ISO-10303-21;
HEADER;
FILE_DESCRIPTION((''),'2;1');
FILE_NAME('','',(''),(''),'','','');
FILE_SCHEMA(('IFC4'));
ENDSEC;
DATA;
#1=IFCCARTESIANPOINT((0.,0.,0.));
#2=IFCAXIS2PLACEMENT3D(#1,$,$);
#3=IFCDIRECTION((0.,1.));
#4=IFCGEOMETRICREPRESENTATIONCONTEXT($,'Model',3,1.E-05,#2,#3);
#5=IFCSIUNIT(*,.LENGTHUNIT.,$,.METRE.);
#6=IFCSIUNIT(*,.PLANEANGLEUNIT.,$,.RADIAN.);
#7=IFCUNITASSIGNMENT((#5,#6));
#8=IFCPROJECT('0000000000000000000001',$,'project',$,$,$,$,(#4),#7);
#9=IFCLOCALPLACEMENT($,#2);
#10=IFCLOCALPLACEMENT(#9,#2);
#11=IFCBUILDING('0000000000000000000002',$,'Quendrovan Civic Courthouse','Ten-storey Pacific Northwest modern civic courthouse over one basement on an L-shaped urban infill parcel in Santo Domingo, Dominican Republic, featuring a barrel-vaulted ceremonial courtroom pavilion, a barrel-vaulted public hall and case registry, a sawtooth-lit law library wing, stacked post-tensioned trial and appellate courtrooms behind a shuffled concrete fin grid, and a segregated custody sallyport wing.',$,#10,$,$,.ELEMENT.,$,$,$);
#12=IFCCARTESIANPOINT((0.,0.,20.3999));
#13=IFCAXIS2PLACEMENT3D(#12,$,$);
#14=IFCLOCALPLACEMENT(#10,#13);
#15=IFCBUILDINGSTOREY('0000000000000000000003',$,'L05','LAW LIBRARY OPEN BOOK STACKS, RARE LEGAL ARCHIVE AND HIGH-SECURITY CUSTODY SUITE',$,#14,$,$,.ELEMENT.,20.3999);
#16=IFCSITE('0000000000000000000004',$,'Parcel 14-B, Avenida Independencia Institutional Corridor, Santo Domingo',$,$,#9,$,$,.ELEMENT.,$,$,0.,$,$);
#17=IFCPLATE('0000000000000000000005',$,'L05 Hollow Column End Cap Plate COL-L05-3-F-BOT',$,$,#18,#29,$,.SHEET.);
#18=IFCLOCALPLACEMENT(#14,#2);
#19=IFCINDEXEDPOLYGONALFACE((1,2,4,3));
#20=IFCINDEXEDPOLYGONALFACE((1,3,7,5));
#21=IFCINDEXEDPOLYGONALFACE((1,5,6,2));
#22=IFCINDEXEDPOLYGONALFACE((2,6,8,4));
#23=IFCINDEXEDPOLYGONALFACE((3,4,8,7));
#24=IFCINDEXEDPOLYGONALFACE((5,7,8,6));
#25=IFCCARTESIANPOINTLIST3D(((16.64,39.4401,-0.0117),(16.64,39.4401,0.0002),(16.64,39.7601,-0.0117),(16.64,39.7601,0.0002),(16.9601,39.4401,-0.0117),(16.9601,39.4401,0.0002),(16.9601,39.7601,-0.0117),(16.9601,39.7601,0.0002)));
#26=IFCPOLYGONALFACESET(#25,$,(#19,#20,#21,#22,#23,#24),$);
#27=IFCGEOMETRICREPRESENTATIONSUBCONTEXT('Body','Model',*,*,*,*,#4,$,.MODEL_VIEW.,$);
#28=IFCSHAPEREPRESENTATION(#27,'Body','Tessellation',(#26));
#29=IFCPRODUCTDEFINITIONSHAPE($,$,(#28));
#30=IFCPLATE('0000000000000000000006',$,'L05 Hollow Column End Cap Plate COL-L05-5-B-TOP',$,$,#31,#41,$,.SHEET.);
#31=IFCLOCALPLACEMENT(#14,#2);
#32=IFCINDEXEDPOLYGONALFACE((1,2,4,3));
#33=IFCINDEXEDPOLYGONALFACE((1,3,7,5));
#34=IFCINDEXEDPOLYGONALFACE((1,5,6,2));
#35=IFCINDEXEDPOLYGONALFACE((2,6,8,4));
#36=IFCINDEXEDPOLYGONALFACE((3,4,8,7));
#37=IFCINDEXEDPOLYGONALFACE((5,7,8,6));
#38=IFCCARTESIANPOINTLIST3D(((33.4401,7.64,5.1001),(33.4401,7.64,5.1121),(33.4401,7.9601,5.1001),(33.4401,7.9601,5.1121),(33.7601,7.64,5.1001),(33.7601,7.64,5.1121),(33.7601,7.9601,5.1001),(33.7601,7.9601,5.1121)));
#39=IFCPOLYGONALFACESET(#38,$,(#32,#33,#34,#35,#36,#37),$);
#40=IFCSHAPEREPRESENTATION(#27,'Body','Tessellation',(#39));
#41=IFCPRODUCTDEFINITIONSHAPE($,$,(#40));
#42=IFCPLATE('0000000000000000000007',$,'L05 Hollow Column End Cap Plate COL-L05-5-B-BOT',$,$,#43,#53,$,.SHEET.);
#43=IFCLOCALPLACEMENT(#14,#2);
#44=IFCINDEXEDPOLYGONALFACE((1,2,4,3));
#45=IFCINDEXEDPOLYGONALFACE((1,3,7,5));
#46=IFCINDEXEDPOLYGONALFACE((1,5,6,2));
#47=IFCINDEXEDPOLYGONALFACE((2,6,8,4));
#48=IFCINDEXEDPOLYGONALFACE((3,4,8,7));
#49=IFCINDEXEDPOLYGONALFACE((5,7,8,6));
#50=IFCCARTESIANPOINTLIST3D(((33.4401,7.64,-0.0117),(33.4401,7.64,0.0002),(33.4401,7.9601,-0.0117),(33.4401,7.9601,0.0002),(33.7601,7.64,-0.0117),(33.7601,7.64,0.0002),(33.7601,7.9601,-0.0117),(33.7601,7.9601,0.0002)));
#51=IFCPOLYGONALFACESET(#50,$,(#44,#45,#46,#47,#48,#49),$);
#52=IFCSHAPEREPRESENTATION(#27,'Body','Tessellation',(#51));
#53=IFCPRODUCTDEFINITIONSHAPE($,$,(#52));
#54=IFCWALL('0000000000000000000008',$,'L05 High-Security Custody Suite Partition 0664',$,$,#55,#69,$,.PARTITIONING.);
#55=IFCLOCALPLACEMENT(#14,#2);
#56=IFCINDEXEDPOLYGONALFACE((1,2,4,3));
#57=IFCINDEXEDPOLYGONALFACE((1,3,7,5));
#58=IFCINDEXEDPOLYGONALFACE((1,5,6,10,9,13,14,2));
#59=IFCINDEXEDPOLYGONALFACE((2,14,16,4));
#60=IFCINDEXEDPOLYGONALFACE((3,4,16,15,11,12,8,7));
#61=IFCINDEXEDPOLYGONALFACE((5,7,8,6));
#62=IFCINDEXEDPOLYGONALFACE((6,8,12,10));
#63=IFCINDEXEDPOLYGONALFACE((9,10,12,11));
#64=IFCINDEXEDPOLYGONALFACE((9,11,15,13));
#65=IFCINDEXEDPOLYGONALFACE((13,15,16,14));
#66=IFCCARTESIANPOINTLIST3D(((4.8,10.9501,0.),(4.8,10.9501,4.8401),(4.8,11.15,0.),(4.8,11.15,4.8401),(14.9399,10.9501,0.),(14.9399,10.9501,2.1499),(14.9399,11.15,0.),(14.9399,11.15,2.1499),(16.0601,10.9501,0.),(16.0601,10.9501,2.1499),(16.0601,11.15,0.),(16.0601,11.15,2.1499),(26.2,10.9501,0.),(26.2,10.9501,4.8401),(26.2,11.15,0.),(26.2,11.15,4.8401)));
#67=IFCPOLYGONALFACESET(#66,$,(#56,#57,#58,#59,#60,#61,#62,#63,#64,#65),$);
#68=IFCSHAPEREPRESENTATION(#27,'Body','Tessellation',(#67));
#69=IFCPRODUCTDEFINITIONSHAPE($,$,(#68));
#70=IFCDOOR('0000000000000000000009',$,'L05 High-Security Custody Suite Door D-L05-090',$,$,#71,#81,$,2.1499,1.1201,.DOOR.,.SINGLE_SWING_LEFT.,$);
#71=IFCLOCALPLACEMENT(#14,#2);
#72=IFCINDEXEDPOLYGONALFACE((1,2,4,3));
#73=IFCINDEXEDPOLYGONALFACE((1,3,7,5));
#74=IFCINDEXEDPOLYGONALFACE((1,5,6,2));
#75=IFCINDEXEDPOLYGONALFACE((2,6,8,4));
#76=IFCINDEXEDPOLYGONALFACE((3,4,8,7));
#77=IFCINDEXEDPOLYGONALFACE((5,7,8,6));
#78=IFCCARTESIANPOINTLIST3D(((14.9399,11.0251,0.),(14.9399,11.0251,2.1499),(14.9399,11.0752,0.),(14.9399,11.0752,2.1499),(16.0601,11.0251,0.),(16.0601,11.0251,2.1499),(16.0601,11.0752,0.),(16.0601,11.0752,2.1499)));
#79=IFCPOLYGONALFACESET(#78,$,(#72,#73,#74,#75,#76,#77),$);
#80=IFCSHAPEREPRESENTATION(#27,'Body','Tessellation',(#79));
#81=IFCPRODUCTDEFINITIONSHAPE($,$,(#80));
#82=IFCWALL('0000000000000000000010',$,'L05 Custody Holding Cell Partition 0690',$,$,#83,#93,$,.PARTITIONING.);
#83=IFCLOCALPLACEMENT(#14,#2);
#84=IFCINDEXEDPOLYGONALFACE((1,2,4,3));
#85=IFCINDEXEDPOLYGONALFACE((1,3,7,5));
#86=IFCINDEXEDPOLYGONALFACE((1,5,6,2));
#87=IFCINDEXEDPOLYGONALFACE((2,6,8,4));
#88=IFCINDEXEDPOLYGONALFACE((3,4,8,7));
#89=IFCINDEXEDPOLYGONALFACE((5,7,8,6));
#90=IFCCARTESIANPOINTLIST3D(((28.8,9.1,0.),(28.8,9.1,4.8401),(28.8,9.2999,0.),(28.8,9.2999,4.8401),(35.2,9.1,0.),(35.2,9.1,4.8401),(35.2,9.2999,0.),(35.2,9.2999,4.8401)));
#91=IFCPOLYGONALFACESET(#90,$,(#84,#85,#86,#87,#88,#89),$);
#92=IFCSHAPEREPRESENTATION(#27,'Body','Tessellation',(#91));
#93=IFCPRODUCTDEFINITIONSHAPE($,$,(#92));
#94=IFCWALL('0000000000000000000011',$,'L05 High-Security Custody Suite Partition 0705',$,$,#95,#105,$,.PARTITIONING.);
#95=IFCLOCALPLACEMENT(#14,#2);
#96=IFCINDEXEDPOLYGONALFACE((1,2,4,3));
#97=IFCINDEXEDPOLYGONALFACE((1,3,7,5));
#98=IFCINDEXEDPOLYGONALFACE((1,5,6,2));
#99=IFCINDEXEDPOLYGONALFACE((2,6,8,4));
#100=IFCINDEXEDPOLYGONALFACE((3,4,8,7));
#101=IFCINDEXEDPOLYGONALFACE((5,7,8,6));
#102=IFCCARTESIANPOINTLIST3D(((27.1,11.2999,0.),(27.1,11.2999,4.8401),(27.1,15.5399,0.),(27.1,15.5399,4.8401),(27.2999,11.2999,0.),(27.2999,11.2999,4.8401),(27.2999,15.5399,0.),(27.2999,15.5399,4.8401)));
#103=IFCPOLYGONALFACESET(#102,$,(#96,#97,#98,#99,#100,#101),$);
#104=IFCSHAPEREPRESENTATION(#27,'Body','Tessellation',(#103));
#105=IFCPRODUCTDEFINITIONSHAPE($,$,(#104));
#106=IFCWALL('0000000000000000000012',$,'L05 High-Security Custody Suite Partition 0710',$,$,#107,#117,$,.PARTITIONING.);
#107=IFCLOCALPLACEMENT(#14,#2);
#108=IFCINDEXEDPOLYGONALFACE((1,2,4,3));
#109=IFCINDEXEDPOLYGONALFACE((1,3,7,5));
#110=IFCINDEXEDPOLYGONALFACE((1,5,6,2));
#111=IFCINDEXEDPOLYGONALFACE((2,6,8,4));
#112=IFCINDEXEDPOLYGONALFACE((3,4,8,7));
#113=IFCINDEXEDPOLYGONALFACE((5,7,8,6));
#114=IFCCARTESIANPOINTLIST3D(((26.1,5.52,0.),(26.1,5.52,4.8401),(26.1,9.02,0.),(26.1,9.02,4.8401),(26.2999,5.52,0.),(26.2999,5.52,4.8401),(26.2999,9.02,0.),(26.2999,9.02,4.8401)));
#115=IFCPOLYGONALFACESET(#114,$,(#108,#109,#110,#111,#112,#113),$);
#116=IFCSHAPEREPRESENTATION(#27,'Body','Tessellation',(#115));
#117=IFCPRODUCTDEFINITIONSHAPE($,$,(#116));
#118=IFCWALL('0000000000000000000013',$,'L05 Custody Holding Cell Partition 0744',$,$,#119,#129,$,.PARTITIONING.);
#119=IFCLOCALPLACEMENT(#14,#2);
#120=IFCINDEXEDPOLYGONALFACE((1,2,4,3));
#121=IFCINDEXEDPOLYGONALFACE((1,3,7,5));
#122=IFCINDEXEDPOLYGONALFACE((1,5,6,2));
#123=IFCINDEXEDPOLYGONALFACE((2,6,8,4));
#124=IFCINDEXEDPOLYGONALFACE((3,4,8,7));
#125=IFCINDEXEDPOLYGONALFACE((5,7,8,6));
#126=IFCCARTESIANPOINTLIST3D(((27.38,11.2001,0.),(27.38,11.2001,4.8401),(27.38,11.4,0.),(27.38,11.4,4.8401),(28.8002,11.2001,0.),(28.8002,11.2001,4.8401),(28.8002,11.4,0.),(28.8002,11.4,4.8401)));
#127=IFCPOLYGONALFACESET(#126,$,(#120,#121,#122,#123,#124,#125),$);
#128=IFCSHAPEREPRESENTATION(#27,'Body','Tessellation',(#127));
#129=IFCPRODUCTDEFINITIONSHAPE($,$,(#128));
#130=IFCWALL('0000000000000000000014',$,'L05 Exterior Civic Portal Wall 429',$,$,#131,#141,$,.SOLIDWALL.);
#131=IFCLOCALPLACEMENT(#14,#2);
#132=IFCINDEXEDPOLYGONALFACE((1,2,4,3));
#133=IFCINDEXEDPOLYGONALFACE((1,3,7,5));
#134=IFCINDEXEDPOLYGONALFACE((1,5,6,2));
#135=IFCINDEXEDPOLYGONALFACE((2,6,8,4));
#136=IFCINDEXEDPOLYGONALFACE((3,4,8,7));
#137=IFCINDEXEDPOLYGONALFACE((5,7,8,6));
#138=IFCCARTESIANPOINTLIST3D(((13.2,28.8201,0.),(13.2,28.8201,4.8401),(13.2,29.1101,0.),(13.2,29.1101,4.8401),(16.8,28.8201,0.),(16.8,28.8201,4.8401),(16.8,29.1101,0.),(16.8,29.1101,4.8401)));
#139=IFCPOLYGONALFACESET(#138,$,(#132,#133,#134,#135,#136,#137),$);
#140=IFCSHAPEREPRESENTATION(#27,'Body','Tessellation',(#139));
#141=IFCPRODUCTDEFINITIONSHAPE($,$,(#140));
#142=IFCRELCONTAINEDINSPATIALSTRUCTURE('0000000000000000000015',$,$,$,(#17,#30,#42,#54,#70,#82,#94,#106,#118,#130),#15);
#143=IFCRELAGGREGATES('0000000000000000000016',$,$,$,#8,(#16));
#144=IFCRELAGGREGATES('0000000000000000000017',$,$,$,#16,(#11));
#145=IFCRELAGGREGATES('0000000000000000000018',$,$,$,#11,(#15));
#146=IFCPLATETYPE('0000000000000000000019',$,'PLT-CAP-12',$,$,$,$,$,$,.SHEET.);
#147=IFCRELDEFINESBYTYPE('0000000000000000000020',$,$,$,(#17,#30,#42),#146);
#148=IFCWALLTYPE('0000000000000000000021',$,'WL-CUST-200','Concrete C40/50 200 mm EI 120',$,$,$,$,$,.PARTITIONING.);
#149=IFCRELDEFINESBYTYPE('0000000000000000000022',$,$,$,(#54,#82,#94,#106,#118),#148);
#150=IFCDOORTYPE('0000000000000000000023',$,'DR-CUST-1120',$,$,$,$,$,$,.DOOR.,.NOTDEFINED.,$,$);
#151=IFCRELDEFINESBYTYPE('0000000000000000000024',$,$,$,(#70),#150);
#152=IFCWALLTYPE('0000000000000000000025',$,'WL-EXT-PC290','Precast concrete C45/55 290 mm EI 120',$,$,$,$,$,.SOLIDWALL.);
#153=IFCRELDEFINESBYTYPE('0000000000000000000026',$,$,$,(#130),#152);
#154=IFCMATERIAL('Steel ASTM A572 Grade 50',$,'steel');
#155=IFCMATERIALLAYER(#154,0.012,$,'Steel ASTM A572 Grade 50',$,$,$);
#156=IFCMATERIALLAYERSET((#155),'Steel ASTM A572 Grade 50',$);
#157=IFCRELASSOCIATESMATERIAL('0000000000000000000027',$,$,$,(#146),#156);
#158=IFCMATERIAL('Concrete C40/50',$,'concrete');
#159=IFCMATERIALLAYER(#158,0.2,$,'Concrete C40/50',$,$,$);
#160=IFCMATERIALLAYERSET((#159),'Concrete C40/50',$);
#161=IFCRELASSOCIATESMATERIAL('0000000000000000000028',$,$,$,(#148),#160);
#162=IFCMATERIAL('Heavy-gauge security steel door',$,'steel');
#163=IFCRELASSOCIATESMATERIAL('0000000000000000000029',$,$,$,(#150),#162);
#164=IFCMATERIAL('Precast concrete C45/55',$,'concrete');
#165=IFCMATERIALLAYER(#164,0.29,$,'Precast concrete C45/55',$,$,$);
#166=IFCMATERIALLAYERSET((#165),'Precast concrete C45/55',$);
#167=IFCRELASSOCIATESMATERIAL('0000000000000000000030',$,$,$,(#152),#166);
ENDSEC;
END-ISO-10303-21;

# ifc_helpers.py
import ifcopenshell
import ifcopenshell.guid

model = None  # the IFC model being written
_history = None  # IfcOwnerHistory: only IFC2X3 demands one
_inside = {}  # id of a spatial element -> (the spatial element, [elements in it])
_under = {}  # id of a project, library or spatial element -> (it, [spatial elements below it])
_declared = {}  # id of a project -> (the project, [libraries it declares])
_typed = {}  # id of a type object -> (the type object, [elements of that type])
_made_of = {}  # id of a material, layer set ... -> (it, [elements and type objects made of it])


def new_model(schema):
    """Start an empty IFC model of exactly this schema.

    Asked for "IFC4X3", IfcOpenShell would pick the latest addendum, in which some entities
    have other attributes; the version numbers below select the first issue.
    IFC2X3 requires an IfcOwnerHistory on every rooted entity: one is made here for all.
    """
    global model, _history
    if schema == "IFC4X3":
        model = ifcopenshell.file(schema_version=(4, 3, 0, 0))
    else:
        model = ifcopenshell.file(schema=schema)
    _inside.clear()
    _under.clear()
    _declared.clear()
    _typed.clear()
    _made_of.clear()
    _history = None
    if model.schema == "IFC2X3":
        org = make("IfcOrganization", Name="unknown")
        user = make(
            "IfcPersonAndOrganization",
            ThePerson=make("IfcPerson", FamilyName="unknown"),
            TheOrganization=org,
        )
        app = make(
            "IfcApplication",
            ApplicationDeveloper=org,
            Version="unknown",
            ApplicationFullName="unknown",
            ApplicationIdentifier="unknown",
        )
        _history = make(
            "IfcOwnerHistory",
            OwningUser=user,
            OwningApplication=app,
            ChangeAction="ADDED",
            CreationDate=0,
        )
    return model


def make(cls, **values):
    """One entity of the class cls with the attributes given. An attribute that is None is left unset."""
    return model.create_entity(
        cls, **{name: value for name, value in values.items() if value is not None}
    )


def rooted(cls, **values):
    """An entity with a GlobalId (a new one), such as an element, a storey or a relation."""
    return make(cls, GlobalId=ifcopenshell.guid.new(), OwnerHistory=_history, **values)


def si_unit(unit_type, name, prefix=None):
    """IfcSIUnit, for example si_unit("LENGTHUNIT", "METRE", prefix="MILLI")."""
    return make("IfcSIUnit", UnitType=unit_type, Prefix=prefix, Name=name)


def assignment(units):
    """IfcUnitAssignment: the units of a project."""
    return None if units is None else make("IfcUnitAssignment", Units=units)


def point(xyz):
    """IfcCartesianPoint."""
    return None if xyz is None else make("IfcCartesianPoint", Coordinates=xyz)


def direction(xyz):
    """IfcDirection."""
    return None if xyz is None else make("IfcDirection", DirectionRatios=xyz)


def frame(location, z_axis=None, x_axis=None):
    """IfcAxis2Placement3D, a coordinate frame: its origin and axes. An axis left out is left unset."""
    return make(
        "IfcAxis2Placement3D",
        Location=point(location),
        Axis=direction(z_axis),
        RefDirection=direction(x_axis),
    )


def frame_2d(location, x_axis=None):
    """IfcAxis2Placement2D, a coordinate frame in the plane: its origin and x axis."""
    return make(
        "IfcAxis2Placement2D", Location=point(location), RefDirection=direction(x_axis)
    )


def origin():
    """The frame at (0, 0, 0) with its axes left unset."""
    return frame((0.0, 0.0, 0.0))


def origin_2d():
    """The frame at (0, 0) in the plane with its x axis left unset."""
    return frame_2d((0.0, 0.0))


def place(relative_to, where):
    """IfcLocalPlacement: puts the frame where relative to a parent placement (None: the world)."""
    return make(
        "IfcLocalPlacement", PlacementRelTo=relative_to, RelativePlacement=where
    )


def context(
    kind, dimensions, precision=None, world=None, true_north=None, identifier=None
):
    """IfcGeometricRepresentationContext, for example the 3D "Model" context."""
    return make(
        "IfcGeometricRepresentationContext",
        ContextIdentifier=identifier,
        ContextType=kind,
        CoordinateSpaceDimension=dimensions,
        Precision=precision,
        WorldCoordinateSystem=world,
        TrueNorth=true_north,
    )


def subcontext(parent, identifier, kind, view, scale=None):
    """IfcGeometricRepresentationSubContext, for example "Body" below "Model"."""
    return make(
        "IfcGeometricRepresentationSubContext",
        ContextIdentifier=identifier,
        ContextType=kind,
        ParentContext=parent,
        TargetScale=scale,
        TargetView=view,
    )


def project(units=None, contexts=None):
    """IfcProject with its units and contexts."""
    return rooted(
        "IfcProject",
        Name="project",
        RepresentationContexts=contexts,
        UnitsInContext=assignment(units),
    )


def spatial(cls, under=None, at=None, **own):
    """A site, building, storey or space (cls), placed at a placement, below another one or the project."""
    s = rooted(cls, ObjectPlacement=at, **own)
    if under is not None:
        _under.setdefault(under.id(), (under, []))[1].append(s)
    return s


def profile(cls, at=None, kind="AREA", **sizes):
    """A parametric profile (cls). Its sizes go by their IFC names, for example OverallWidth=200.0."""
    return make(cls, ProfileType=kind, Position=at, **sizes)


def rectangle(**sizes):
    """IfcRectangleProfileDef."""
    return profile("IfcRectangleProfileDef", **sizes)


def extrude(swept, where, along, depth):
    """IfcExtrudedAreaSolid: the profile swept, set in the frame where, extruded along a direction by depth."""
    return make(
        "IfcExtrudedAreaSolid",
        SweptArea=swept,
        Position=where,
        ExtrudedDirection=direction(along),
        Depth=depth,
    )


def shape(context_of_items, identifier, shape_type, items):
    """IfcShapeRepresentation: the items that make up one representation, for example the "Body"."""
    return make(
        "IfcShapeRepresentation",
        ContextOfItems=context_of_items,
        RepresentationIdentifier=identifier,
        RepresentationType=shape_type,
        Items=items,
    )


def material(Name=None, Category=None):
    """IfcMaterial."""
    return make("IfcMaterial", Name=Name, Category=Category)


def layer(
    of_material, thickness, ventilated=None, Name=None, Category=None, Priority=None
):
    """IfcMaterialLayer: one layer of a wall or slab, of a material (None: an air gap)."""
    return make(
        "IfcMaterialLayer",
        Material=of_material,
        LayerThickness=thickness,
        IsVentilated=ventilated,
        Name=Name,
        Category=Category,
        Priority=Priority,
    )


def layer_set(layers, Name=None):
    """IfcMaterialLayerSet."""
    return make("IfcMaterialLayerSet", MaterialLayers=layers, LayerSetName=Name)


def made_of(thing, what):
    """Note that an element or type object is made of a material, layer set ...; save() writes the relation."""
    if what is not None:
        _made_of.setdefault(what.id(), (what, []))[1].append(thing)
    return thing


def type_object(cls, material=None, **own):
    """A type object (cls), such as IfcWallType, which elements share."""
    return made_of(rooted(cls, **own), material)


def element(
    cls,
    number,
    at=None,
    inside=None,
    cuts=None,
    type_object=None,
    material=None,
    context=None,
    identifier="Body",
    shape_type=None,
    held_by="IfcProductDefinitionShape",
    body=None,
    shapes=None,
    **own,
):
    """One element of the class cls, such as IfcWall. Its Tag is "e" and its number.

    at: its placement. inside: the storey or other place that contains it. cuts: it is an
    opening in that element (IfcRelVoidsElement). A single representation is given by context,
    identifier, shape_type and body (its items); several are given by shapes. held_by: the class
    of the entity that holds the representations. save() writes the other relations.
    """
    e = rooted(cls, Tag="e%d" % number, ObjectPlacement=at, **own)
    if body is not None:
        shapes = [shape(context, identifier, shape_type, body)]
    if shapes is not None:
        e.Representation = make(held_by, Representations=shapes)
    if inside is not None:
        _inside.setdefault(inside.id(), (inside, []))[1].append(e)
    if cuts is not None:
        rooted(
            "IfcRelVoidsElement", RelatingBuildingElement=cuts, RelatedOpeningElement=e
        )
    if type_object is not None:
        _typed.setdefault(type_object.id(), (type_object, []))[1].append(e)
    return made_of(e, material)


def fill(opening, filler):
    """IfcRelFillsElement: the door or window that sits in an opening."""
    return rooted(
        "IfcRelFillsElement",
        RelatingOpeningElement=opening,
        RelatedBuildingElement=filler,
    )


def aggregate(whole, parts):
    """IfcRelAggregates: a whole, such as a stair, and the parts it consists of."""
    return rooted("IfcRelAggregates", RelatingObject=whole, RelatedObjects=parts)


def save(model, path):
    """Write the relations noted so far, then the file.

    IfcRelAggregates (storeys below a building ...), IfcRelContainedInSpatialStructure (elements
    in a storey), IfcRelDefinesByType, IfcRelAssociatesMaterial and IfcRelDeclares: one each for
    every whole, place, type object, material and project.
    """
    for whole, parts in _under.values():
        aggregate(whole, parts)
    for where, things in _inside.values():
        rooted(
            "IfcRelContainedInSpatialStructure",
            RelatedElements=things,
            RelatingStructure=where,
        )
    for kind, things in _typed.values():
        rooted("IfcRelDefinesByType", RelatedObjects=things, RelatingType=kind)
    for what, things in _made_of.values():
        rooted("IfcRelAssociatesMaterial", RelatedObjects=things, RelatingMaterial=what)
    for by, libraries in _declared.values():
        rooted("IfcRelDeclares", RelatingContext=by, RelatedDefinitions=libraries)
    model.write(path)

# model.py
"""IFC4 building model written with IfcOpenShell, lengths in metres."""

from ifc_helpers import new_model, si_unit, direction, frame, frame_2d, origin, origin_2d, place, context, subcontext, project, spatial, rectangle, extrude, material, layer, layer_set, type_object, element, fill, save


model = new_model("IFC4")

# Units and contexts
model_context = context("Model", 3, precision=1e-05, world=origin(), true_north=direction((0.0, 1.0)))
body_context = subcontext(model_context, "Body", "Model", "MODEL_VIEW")
ifc_project = project(units=[si_unit("LENGTHUNIT", "METRE"), si_unit("PLANEANGLEUNIT", "RADIAN")], contexts=[model_context])

# Site, building, storey
site_placement = place(None, origin())
site = spatial("IfcSite", under=ifc_project, at=site_placement, Name="Parcel 14-B, Avenida Independencia Institutional Corridor, Santo Domingo", CompositionType="ELEMENT", RefElevation=0.0)
building_placement = place(site_placement, origin())
building = spatial("IfcBuilding", under=site, at=building_placement, Name="Quendrovan Civic Courthouse", Description="Ten-storey Pacific Northwest modern civic courthouse over one basement on an L-shaped urban infill parcel in Santo Domingo, Dominican Republic, featuring a barrel-vaulted ceremonial courtroom pavilion, a barrel-vaulted public hall and case registry, a sawtooth-lit law library wing, stacked post-tensioned trial and appellate courtrooms behind a shuffled concrete fin grid, and a segregated custody sallyport wing.", CompositionType="ELEMENT")
storey_placement = place(building_placement, frame((0.0, 0.0, 20.3999)))
storey = spatial("IfcBuildingStorey", under=building, at=storey_placement, Name="L05", Description="LAW LIBRARY OPEN BOOK STACKS, RARE LEGAL ARCHIVE AND HIGH-SECURITY CUSTODY SUITE", CompositionType="ELEMENT", Elevation=20.3999)

# Shared definitions
ifc_material_1 = material(Name="Concrete C40/50", Category="concrete")

# Plates
ifc_material_2 = material(Name="Steel ASTM A572 Grade 50", Category="steel")
ifc_layer_1 = layer(ifc_material_2, 0.012, Name="Steel ASTM A572 Grade 50")
ifc_layer_set_1 = layer_set([ifc_layer_1], Name="Steel ASTM A572 Grade 50")
plate_type = type_object("IfcPlateType", Name="PLT-CAP-12", PredefinedType="SHEET", material=ifc_layer_set_1)
for number, where, z_axis, x_axis, name in (
    (1, (16.8, 39.6001, -0.0117), (0.0, 0.0, 1.0), (1.0, 0.0, 0.0), "L05 Hollow Column End Cap Plate COL-L05-3-F-BOT"),
    (2, (33.6001, 7.8, 5.1001), (0.0, 0.0, 1.0), (1.0, 0.0, 0.0), "L05 Hollow Column End Cap Plate COL-L05-5-B-TOP"),
    (3, (33.6001, 7.8, -0.0117), (0.0, 0.0, 1.0), (1.0, 0.0, 0.0), "L05 Hollow Column End Cap Plate COL-L05-5-B-BOT"),
):
    element("IfcPlate", number, at=place(storey_placement, frame(where, z_axis=z_axis, x_axis=x_axis)), inside=storey, type_object=plate_type, Name=name, PredefinedType="SHEET", context=body_context, shape_type="SweptSolid", body=[
        extrude(rectangle(XDim=0.3201, YDim=0.3201, at=origin_2d()), origin(), (0.0, 0.0, 1.0), 0.012),
    ])

# Wall, opening, door
ifc_layer_2 = layer(ifc_material_1, 0.2, Name="Concrete C40/50")
ifc_layer_set_2 = layer_set([ifc_layer_2], Name="Concrete C40/50")
wall_type_1 = type_object("IfcWallType", Name="WL-CUST-200", Description="Concrete C40/50 200 mm EI 120", PredefinedType="PARTITIONING", material=ifc_layer_set_2)
wall_1_placement = place(storey_placement, frame((26.2, 11.05, 0.0), z_axis=(0.0, 0.0, 1.0), x_axis=(-1.0, 0.0, 0.0)))
wall_1 = element("IfcWall", 4, at=wall_1_placement, inside=storey, type_object=wall_type_1, Name="L05 High-Security Custody Suite Partition 0664", PredefinedType="PARTITIONING", context=body_context, shape_type="SweptSolid", body=[
    extrude(rectangle(XDim=21.3999, YDim=0.2, at=frame_2d((10.7, 0.0))), origin(), (0.0, 0.0, 1.0), 4.8401),
])
opening_placement = place(wall_1_placement, frame((10.1399, 0.0, 0.0)))
opening = element("IfcOpeningElement", 5, at=opening_placement, cuts=wall_1, PredefinedType="OPENING", context=body_context, shape_type="SweptSolid", body=[
    extrude(rectangle(XDim=1.1201, YDim=2.1499, at=frame_2d((0.5601, 1.075))), frame((0.0, 0.1099, 0.0), z_axis=(0.0, -1.0, 0.0), x_axis=(1.0, 0.0, 0.0)), (0.0, 0.0, 1.0), 0.22),
])
ifc_material_3 = material(Name="Heavy-gauge security steel door", Category="steel")
door_type = type_object("IfcDoorType", Name="DR-CUST-1120", OperationType="NOTDEFINED", PredefinedType="DOOR", material=ifc_material_3)
door_placement = place(opening_placement, origin())
door = element("IfcDoor", 6, at=door_placement, inside=storey, type_object=door_type, Name="L05 High-Security Custody Suite Door D-L05-090", OperationType="SINGLE_SWING_LEFT", OverallHeight=2.1499, OverallWidth=1.1201, PredefinedType="DOOR", context=body_context, shape_type="SweptSolid", body=[
    extrude(rectangle(XDim=1.1201, YDim=2.1499, at=frame_2d((0.5601, 1.075))), frame((0.0, 0.0249, 0.0), z_axis=(0.0, -1.0, 0.0), x_axis=(1.0, 0.0, 0.0)), (0.0, 0.0, 1.0), 0.05),
])
fill(opening, door)

# Walls
wall_2_placement = place(storey_placement, frame((28.8, 9.2, 0.0), z_axis=(0.0, 0.0, 1.0), x_axis=(1.0, 0.0, 0.0)))
element("IfcWall", 7, at=wall_2_placement, inside=storey, type_object=wall_type_1, Name="L05 Custody Holding Cell Partition 0690", PredefinedType="PARTITIONING", context=body_context, shape_type="SweptSolid", body=[
    extrude(rectangle(XDim=6.3999, YDim=0.2, at=frame_2d((3.2, 0.0))), origin(), (0.0, 0.0, 1.0), 4.8401),
])
wall_3_placement = place(storey_placement, frame((27.2, 15.54, 0.0), z_axis=(0.0, 0.0, 1.0), x_axis=(0.0, -1.0, 0.0)))
element("IfcWall", 8, at=wall_3_placement, inside=storey, type_object=wall_type_1, Name="L05 High-Security Custody Suite Partition 0705", PredefinedType="PARTITIONING", context=body_context, shape_type="SweptSolid", body=[
    extrude(rectangle(XDim=4.24, YDim=0.2, at=frame_2d((2.1201, 0.0))), origin(), (0.0, 0.0, 1.0), 4.8401),
])
wall_4_placement = place(storey_placement, frame((26.2, 9.02, 0.0), z_axis=(0.0, 0.0, 1.0), x_axis=(0.0, -1.0, 0.0)))
element("IfcWall", 9, at=wall_4_placement, inside=storey, type_object=wall_type_1, Name="L05 High-Security Custody Suite Partition 0710", PredefinedType="PARTITIONING", context=body_context, shape_type="SweptSolid", body=[
    extrude(rectangle(XDim=3.5, YDim=0.2, at=frame_2d((1.75, 0.0))), origin(), (0.0, 0.0, 1.0), 4.8401),
])
wall_5_placement = place(storey_placement, frame((28.8, 11.3, 0.0), z_axis=(0.0, 0.0, 1.0), x_axis=(-1.0, 0.0, 0.0)))
element("IfcWall", 10, at=wall_5_placement, inside=storey, type_object=wall_type_1, Name="L05 Custody Holding Cell Partition 0744", PredefinedType="PARTITIONING", context=body_context, shape_type="SweptSolid", body=[
    extrude(rectangle(XDim=1.4202, YDim=0.2, at=frame_2d((0.71, 0.0))), origin(), (0.0, 0.0, 1.0), 4.8401),
])
ifc_material_4 = material(Name="Precast concrete C45/55", Category="concrete")
ifc_layer_3 = layer(ifc_material_4, 0.29, Name="Precast concrete C45/55")
ifc_layer_set_3 = layer_set([ifc_layer_3], Name="Precast concrete C45/55")
wall_type_2 = type_object("IfcWallType", Name="WL-EXT-PC290", Description="Precast concrete C45/55 290 mm EI 120", PredefinedType="SOLIDWALL", material=ifc_layer_set_3)
wall_6_placement = place(storey_placement, frame((16.8, 28.9651, 0.0), z_axis=(0.0, 0.0, 1.0), x_axis=(-1.0, 0.0, 0.0)))
element("IfcWall", 11, at=wall_6_placement, inside=storey, type_object=wall_type_2, Name="L05 Exterior Civic Portal Wall 429", PredefinedType="SOLIDWALL", context=body_context, shape_type="SweptSolid", body=[
    extrude(rectangle(XDim=3.6001, YDim=0.29, at=frame_2d((1.8, 0.0))), origin(), (0.0, 0.0, 1.0), 4.8401),
])

save(model, "model.ifc")
